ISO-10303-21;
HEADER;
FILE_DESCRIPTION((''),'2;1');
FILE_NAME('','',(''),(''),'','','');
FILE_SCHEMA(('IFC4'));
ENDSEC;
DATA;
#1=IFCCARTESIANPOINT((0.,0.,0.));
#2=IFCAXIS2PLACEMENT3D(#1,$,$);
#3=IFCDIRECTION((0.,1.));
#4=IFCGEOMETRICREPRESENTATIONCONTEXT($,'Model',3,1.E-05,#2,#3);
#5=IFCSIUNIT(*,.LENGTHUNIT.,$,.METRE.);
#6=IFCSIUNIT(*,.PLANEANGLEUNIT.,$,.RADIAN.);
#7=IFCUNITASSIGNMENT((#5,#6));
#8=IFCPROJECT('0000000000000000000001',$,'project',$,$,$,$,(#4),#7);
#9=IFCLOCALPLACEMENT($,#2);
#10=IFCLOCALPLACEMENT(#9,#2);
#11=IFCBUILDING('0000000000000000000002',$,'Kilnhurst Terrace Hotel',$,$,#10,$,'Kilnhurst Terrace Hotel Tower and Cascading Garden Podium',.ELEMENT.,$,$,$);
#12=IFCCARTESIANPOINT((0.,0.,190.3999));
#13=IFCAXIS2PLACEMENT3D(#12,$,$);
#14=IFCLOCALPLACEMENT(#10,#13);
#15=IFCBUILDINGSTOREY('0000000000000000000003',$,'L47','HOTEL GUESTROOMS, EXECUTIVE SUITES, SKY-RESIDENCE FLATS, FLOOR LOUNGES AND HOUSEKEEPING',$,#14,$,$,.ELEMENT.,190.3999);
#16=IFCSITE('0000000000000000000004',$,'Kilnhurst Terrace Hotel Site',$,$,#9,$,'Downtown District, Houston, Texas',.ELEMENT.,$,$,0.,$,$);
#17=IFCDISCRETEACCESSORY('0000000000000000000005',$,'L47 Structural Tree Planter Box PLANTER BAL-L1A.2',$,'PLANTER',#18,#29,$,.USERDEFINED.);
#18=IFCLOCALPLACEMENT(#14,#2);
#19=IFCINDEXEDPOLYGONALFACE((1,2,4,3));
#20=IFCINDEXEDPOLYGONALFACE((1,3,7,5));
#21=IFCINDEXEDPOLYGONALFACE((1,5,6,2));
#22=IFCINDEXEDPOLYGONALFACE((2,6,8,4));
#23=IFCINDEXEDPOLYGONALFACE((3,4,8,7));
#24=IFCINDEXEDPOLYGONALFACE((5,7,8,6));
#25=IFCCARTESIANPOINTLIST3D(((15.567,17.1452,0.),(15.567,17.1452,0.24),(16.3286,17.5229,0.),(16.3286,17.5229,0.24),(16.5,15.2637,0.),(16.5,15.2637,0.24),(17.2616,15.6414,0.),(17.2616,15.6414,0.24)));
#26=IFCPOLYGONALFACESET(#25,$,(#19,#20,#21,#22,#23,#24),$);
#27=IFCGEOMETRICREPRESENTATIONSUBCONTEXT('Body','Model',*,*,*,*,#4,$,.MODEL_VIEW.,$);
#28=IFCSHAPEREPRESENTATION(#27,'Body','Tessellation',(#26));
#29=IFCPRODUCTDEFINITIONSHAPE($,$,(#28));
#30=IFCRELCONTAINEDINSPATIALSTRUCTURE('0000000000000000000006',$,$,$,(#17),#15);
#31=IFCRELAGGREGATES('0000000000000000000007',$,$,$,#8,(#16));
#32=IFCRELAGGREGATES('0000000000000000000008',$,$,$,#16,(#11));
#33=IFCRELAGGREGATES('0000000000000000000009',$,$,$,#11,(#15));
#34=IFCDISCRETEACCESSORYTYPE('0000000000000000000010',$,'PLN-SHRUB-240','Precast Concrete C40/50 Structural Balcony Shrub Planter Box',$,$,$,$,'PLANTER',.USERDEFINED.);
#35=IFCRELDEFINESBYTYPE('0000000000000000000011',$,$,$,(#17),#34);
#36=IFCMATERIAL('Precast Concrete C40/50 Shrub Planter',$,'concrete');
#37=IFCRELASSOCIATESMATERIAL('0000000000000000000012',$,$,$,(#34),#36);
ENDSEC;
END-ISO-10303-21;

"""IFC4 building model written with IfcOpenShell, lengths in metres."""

from ifc_helpers import new_model, si_unit, direction, frame, origin, origin_2d, place, context, subcontext, project, spatial, rectangle, extrude, material, type_object, element, save


model = new_model("IFC4")

# Units and contexts
model_context = context("Model", 3, precision=1e-05, world=origin(), true_north=direction((0.0, 1.0)))
body_context = subcontext(model_context, "Body", "Model", "MODEL_VIEW")
ifc_project = project(units=[si_unit("LENGTHUNIT", "METRE"), si_unit("PLANEANGLEUNIT", "RADIAN")], contexts=[model_context])

# Site, building, storey
site_placement = place(None, origin())
site = spatial("IfcSite", under=ifc_project, at=site_placement, Name="Kilnhurst Terrace Hotel Site", LongName="Downtown District, Houston, Texas", CompositionType="ELEMENT", RefElevation=0.0)
building_placement = place(site_placement, origin())
building = spatial("IfcBuilding", under=site, at=building_placement, Name="Kilnhurst Terrace Hotel", LongName="Kilnhurst Terrace Hotel Tower and Cascading Garden Podium", CompositionType="ELEMENT")
storey_placement = place(building_placement, frame((0.0, 0.0, 190.3999)))
storey = spatial("IfcBuildingStorey", under=building, at=storey_placement, Name="L47", Description="HOTEL GUESTROOMS, EXECUTIVE SUITES, SKY-RESIDENCE FLATS, FLOOR LOUNGES AND HOUSEKEEPING", CompositionType="ELEMENT", Elevation=190.3999)

# Discrete accessory
ifc_material_1 = material(Name="Precast Concrete C40/50 Shrub Planter", Category="concrete")
discrete_accessory_type = type_object("IfcDiscreteAccessoryType", Name="PLN-SHRUB-240", Description="Precast Concrete C40/50 Structural Balcony Shrub Planter Box", ElementType="PLANTER", PredefinedType="USERDEFINED", material=ifc_material_1)
discrete_accessory_placement = place(storey_placement, frame((16.4143, 16.3933, 0.0), z_axis=(0.0, 0.0, 1.0), x_axis=(-0.444244, 0.895906, 0.0)))
element("IfcDiscreteAccessory", 1, at=discrete_accessory_placement, inside=storey, type_object=discrete_accessory_type, Name="L47 Structural Tree Planter Box PLANTER BAL-L1A.2", ObjectType="PLANTER", PredefinedType="USERDEFINED", context=body_context, shape_type="SweptSolid", body=[
    extrude(rectangle(XDim=2.1001, YDim=0.8501, at=origin_2d()), origin(), (0.0, 0.0, 1.0), 0.24),
])

save(model, "model.ifc")
